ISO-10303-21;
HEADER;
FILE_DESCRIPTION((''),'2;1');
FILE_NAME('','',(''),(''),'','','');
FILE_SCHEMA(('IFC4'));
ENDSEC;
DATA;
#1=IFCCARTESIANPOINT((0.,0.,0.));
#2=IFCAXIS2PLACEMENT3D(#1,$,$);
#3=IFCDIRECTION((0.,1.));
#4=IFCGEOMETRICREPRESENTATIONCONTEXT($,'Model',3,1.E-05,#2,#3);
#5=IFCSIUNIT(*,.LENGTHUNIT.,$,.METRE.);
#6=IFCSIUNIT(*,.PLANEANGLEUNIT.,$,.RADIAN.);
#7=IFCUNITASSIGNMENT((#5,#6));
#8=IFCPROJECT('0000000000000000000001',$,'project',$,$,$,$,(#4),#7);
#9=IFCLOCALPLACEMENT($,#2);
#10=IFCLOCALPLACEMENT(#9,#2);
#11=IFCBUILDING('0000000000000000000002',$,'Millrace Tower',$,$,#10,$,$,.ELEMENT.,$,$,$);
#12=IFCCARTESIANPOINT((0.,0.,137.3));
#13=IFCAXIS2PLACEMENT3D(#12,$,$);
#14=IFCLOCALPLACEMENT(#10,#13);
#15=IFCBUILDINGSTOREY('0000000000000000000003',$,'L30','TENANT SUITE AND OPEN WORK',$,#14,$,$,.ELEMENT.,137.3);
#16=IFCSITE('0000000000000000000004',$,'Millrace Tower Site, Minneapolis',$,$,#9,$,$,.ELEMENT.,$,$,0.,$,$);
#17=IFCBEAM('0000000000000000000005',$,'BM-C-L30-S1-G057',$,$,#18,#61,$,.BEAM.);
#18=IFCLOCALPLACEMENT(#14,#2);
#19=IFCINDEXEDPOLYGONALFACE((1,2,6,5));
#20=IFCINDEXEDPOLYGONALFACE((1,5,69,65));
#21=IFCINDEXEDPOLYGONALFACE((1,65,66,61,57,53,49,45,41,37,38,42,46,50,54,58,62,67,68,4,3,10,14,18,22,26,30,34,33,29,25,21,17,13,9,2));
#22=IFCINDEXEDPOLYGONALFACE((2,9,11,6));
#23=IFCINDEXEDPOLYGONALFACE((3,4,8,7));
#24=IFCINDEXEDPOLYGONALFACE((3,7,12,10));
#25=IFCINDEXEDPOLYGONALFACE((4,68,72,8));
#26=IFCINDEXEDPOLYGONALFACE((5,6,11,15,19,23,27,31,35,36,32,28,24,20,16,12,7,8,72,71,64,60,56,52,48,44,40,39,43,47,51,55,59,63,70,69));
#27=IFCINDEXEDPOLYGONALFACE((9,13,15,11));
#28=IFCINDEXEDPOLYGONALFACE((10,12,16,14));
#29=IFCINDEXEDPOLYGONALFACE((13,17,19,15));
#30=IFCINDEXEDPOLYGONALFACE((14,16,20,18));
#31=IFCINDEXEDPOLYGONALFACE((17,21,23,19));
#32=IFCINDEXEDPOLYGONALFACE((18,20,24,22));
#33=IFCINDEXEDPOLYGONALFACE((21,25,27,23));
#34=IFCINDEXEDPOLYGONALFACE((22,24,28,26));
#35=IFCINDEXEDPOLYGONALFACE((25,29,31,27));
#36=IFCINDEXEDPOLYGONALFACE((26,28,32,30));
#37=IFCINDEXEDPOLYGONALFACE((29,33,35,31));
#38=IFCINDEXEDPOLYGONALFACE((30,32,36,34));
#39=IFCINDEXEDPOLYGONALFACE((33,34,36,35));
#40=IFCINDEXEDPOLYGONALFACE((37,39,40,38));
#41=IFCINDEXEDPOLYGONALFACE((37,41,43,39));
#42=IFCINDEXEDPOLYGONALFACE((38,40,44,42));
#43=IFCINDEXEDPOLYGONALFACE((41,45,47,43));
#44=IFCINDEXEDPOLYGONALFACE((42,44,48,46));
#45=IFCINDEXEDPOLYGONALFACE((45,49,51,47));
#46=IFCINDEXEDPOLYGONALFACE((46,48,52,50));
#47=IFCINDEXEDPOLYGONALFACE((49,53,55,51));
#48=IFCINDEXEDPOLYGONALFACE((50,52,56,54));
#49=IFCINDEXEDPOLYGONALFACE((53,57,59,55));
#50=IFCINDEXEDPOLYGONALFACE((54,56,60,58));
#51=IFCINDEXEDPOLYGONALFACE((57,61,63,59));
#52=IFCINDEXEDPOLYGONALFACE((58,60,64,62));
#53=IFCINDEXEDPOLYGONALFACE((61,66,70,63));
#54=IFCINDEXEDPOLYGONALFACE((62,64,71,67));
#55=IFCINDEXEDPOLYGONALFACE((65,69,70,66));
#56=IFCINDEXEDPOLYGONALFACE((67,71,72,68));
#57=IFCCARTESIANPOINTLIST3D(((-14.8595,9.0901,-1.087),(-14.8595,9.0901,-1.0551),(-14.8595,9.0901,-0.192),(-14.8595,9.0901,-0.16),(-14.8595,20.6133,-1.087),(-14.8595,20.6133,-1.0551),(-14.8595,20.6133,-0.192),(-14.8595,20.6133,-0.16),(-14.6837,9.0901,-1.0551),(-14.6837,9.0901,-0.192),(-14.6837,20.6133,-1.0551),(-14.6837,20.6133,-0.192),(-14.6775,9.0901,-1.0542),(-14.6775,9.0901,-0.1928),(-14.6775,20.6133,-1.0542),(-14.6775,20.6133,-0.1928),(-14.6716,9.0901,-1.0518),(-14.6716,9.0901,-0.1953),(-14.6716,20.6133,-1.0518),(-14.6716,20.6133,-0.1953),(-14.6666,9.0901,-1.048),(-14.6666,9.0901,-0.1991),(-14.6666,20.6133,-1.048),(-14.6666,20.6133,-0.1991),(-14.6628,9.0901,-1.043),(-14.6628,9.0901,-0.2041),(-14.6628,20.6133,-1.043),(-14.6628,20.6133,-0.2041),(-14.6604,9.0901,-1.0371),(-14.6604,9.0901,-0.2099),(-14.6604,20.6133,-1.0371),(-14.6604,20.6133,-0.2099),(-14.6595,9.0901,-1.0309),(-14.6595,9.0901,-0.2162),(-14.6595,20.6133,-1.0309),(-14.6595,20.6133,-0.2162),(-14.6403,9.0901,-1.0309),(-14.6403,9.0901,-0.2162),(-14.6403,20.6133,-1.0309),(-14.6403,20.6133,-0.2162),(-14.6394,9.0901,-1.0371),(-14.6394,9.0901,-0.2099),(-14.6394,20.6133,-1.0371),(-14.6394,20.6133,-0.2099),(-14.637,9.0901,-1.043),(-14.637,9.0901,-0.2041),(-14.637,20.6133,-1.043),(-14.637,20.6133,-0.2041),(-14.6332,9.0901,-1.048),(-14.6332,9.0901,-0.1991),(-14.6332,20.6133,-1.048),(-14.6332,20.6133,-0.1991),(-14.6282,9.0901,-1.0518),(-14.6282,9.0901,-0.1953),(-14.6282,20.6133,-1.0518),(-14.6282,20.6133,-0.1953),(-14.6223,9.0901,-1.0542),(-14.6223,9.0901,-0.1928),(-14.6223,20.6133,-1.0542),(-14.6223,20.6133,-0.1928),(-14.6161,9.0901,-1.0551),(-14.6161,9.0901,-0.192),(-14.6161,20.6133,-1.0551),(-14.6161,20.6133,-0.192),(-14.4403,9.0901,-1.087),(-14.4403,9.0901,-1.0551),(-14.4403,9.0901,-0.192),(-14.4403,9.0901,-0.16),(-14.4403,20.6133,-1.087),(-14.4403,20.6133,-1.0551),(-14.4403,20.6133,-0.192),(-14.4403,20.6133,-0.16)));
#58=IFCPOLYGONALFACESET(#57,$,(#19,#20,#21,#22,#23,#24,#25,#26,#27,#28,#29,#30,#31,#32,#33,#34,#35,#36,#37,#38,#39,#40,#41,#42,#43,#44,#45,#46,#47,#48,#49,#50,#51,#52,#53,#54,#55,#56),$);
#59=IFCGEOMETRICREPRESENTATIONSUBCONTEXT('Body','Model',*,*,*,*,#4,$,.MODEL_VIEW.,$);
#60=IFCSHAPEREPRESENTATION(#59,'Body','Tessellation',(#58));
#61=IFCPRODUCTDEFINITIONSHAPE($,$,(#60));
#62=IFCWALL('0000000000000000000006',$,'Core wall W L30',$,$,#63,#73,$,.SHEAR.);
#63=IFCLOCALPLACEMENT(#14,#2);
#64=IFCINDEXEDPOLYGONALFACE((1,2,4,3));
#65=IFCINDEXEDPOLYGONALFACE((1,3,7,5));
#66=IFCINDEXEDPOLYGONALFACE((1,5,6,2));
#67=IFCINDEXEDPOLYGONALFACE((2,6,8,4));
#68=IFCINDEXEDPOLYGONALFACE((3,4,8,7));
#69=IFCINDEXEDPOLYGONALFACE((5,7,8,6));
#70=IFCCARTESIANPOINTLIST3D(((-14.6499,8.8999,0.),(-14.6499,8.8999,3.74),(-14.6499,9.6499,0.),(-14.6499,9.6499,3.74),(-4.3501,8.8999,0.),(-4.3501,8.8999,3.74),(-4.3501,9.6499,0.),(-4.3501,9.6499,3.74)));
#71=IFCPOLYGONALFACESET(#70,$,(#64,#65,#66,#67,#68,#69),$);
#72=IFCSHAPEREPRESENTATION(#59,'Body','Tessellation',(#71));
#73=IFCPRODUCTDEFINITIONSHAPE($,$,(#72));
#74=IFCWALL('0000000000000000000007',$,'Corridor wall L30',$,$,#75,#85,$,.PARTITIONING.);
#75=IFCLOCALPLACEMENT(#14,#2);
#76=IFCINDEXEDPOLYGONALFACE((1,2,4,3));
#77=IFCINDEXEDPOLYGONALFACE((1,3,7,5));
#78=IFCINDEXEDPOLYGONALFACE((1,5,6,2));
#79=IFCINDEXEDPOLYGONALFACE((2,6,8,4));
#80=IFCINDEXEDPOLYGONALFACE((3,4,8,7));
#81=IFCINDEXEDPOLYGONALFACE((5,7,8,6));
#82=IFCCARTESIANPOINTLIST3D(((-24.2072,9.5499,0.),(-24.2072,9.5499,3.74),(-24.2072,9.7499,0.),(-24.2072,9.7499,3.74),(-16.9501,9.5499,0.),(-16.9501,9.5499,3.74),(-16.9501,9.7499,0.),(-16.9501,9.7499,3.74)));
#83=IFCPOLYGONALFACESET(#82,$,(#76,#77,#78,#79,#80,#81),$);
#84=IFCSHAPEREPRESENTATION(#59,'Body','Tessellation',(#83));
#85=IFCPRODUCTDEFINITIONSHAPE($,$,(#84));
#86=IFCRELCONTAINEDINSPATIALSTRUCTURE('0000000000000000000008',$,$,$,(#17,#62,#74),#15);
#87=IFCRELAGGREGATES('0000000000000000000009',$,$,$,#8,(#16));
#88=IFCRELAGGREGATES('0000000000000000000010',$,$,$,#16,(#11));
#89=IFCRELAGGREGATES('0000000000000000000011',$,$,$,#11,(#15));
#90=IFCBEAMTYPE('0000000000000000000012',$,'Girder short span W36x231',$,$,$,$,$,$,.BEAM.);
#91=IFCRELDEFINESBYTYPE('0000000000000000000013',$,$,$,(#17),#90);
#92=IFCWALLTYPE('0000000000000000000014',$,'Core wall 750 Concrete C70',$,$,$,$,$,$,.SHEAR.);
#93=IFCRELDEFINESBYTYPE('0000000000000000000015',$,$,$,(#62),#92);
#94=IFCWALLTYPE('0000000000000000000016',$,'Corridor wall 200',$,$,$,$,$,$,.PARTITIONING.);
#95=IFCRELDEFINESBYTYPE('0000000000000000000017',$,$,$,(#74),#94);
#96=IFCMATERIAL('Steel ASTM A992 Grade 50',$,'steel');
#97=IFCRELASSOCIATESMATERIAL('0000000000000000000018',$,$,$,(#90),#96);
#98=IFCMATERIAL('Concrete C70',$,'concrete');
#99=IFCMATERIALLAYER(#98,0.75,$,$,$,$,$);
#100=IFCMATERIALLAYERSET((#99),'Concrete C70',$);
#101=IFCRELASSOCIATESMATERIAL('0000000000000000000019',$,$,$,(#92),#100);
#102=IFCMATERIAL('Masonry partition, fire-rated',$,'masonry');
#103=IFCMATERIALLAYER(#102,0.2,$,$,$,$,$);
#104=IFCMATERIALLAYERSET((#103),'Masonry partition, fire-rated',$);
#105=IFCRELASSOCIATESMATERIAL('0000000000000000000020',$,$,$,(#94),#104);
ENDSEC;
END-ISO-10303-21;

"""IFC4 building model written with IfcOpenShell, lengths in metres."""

from ifc_helpers import new_model, si_unit, direction, frame, frame_2d, origin, origin_2d, place, context, subcontext, project, spatial, rectangle, i_section, extrude, material, layer, layer_set, material_profile, profile_set, type_object, element, save


model = new_model("IFC4")

# Units and contexts
model_context = context("Model", 3, precision=1e-05, world=origin(), true_north=direction((0.0, 1.0)))
body_context = subcontext(model_context, "Body", "Model", "MODEL_VIEW")
ifc_project = project(units=[si_unit("LENGTHUNIT", "METRE"), si_unit("PLANEANGLEUNIT", "RADIAN")], contexts=[model_context])

# Site, building, storey
site_placement = place(None, origin())
site = spatial("IfcSite", under=ifc_project, at=site_placement, Name="Millrace Tower Site, Minneapolis", CompositionType="ELEMENT", RefElevation=0.0)
building_placement = place(site_placement, origin())
building = spatial("IfcBuilding", under=site, at=building_placement, Name="Millrace Tower", CompositionType="ELEMENT")
storey_placement = place(building_placement, frame((0.0, 0.0, 137.3)))
storey = spatial("IfcBuildingStorey", under=building, at=storey_placement, Name="L30", Description="TENANT SUITE AND OPEN WORK", CompositionType="ELEMENT", Elevation=137.3)

# Beam
ifc_material_1 = material(Name="Steel ASTM A992 Grade 50", Category="steel")
ifc_material_profile_1 = material_profile(ifc_material_1, i_section(OverallWidth=0.4192, OverallDepth=0.927, WebThickness=0.0193, FlangeThickness=0.032, FilletRadius=0.0242, at=origin_2d()))
ifc_profile_set_1 = profile_set([ifc_material_profile_1], Name="Steel ASTM A992 Grade 50")
beam_type_1 = type_object("IfcBeamType", Name="Girder short span W36x231", PredefinedType="BEAM", material=ifc_profile_set_1)
beam_1_placement = place(storey_placement, frame((-14.6499, 9.0901, -0.6235), z_axis=(0.0, 1.0, 0.0), x_axis=(-1.0, 0.0, 0.0)))
element("IfcBeam", 1, at=beam_1_placement, inside=storey, type_object=beam_type_1, Name="BM-C-L30-S1-G057", PredefinedType="BEAM", context=body_context, shape_type="SweptSolid", body=[
    extrude(i_section(OverallWidth=0.4192, OverallDepth=0.927, WebThickness=0.0193, FlangeThickness=0.032, FilletRadius=0.0242, at=origin_2d()), origin(), (0.0, 0.0, 1.0), 11.5232),
])

# Walls
ifc_material_2 = material(Name="Concrete C70", Category="concrete")
ifc_layer_1 = layer(ifc_material_2, 0.75)
ifc_layer_set_1 = layer_set([ifc_layer_1], Name="Concrete C70")
wall_type_1 = type_object("IfcWallType", Name="Core wall 750 Concrete C70", PredefinedType="SHEAR", material=ifc_layer_set_1)
wall_1_placement = place(storey_placement, frame((-14.6499, 9.2749, 0.0), z_axis=(0.0, 0.0, 1.0), x_axis=(1.0, 0.0, 0.0)))
element("IfcWall", 2, at=wall_1_placement, inside=storey, type_object=wall_type_1, Name="Core wall W L30", PredefinedType="SHEAR", context=body_context, shape_type="SweptSolid", body=[
    extrude(rectangle(XDim=10.2998, YDim=0.75, at=frame_2d((5.1499, 0.0))), origin(), (0.0, 0.0, 1.0), 3.74),
])
ifc_material_3 = material(Name="Masonry partition, fire-rated", Category="masonry")
ifc_layer_2 = layer(ifc_material_3, 0.2)
ifc_layer_set_2 = layer_set([ifc_layer_2], Name="Masonry partition, fire-rated")
wall_type_2 = type_object("IfcWallType", Name="Corridor wall 200", PredefinedType="PARTITIONING", material=ifc_layer_set_2)
wall_2_placement = place(storey_placement, frame((-24.207, 9.6499, 0.0), z_axis=(0.0, 0.0, 1.0), x_axis=(1.0, 0.0, 0.0)))
element("IfcWall", 3, at=wall_2_placement, inside=storey, type_object=wall_type_2, Name="Corridor wall L30", PredefinedType="PARTITIONING", context=body_context, shape_type="SweptSolid", body=[
    extrude(rectangle(XDim=7.2571, YDim=0.2, at=frame_2d((3.6284, 0.0))), origin(), (0.0, 0.0, 1.0), 3.74),
])

save(model, "model.ifc")
